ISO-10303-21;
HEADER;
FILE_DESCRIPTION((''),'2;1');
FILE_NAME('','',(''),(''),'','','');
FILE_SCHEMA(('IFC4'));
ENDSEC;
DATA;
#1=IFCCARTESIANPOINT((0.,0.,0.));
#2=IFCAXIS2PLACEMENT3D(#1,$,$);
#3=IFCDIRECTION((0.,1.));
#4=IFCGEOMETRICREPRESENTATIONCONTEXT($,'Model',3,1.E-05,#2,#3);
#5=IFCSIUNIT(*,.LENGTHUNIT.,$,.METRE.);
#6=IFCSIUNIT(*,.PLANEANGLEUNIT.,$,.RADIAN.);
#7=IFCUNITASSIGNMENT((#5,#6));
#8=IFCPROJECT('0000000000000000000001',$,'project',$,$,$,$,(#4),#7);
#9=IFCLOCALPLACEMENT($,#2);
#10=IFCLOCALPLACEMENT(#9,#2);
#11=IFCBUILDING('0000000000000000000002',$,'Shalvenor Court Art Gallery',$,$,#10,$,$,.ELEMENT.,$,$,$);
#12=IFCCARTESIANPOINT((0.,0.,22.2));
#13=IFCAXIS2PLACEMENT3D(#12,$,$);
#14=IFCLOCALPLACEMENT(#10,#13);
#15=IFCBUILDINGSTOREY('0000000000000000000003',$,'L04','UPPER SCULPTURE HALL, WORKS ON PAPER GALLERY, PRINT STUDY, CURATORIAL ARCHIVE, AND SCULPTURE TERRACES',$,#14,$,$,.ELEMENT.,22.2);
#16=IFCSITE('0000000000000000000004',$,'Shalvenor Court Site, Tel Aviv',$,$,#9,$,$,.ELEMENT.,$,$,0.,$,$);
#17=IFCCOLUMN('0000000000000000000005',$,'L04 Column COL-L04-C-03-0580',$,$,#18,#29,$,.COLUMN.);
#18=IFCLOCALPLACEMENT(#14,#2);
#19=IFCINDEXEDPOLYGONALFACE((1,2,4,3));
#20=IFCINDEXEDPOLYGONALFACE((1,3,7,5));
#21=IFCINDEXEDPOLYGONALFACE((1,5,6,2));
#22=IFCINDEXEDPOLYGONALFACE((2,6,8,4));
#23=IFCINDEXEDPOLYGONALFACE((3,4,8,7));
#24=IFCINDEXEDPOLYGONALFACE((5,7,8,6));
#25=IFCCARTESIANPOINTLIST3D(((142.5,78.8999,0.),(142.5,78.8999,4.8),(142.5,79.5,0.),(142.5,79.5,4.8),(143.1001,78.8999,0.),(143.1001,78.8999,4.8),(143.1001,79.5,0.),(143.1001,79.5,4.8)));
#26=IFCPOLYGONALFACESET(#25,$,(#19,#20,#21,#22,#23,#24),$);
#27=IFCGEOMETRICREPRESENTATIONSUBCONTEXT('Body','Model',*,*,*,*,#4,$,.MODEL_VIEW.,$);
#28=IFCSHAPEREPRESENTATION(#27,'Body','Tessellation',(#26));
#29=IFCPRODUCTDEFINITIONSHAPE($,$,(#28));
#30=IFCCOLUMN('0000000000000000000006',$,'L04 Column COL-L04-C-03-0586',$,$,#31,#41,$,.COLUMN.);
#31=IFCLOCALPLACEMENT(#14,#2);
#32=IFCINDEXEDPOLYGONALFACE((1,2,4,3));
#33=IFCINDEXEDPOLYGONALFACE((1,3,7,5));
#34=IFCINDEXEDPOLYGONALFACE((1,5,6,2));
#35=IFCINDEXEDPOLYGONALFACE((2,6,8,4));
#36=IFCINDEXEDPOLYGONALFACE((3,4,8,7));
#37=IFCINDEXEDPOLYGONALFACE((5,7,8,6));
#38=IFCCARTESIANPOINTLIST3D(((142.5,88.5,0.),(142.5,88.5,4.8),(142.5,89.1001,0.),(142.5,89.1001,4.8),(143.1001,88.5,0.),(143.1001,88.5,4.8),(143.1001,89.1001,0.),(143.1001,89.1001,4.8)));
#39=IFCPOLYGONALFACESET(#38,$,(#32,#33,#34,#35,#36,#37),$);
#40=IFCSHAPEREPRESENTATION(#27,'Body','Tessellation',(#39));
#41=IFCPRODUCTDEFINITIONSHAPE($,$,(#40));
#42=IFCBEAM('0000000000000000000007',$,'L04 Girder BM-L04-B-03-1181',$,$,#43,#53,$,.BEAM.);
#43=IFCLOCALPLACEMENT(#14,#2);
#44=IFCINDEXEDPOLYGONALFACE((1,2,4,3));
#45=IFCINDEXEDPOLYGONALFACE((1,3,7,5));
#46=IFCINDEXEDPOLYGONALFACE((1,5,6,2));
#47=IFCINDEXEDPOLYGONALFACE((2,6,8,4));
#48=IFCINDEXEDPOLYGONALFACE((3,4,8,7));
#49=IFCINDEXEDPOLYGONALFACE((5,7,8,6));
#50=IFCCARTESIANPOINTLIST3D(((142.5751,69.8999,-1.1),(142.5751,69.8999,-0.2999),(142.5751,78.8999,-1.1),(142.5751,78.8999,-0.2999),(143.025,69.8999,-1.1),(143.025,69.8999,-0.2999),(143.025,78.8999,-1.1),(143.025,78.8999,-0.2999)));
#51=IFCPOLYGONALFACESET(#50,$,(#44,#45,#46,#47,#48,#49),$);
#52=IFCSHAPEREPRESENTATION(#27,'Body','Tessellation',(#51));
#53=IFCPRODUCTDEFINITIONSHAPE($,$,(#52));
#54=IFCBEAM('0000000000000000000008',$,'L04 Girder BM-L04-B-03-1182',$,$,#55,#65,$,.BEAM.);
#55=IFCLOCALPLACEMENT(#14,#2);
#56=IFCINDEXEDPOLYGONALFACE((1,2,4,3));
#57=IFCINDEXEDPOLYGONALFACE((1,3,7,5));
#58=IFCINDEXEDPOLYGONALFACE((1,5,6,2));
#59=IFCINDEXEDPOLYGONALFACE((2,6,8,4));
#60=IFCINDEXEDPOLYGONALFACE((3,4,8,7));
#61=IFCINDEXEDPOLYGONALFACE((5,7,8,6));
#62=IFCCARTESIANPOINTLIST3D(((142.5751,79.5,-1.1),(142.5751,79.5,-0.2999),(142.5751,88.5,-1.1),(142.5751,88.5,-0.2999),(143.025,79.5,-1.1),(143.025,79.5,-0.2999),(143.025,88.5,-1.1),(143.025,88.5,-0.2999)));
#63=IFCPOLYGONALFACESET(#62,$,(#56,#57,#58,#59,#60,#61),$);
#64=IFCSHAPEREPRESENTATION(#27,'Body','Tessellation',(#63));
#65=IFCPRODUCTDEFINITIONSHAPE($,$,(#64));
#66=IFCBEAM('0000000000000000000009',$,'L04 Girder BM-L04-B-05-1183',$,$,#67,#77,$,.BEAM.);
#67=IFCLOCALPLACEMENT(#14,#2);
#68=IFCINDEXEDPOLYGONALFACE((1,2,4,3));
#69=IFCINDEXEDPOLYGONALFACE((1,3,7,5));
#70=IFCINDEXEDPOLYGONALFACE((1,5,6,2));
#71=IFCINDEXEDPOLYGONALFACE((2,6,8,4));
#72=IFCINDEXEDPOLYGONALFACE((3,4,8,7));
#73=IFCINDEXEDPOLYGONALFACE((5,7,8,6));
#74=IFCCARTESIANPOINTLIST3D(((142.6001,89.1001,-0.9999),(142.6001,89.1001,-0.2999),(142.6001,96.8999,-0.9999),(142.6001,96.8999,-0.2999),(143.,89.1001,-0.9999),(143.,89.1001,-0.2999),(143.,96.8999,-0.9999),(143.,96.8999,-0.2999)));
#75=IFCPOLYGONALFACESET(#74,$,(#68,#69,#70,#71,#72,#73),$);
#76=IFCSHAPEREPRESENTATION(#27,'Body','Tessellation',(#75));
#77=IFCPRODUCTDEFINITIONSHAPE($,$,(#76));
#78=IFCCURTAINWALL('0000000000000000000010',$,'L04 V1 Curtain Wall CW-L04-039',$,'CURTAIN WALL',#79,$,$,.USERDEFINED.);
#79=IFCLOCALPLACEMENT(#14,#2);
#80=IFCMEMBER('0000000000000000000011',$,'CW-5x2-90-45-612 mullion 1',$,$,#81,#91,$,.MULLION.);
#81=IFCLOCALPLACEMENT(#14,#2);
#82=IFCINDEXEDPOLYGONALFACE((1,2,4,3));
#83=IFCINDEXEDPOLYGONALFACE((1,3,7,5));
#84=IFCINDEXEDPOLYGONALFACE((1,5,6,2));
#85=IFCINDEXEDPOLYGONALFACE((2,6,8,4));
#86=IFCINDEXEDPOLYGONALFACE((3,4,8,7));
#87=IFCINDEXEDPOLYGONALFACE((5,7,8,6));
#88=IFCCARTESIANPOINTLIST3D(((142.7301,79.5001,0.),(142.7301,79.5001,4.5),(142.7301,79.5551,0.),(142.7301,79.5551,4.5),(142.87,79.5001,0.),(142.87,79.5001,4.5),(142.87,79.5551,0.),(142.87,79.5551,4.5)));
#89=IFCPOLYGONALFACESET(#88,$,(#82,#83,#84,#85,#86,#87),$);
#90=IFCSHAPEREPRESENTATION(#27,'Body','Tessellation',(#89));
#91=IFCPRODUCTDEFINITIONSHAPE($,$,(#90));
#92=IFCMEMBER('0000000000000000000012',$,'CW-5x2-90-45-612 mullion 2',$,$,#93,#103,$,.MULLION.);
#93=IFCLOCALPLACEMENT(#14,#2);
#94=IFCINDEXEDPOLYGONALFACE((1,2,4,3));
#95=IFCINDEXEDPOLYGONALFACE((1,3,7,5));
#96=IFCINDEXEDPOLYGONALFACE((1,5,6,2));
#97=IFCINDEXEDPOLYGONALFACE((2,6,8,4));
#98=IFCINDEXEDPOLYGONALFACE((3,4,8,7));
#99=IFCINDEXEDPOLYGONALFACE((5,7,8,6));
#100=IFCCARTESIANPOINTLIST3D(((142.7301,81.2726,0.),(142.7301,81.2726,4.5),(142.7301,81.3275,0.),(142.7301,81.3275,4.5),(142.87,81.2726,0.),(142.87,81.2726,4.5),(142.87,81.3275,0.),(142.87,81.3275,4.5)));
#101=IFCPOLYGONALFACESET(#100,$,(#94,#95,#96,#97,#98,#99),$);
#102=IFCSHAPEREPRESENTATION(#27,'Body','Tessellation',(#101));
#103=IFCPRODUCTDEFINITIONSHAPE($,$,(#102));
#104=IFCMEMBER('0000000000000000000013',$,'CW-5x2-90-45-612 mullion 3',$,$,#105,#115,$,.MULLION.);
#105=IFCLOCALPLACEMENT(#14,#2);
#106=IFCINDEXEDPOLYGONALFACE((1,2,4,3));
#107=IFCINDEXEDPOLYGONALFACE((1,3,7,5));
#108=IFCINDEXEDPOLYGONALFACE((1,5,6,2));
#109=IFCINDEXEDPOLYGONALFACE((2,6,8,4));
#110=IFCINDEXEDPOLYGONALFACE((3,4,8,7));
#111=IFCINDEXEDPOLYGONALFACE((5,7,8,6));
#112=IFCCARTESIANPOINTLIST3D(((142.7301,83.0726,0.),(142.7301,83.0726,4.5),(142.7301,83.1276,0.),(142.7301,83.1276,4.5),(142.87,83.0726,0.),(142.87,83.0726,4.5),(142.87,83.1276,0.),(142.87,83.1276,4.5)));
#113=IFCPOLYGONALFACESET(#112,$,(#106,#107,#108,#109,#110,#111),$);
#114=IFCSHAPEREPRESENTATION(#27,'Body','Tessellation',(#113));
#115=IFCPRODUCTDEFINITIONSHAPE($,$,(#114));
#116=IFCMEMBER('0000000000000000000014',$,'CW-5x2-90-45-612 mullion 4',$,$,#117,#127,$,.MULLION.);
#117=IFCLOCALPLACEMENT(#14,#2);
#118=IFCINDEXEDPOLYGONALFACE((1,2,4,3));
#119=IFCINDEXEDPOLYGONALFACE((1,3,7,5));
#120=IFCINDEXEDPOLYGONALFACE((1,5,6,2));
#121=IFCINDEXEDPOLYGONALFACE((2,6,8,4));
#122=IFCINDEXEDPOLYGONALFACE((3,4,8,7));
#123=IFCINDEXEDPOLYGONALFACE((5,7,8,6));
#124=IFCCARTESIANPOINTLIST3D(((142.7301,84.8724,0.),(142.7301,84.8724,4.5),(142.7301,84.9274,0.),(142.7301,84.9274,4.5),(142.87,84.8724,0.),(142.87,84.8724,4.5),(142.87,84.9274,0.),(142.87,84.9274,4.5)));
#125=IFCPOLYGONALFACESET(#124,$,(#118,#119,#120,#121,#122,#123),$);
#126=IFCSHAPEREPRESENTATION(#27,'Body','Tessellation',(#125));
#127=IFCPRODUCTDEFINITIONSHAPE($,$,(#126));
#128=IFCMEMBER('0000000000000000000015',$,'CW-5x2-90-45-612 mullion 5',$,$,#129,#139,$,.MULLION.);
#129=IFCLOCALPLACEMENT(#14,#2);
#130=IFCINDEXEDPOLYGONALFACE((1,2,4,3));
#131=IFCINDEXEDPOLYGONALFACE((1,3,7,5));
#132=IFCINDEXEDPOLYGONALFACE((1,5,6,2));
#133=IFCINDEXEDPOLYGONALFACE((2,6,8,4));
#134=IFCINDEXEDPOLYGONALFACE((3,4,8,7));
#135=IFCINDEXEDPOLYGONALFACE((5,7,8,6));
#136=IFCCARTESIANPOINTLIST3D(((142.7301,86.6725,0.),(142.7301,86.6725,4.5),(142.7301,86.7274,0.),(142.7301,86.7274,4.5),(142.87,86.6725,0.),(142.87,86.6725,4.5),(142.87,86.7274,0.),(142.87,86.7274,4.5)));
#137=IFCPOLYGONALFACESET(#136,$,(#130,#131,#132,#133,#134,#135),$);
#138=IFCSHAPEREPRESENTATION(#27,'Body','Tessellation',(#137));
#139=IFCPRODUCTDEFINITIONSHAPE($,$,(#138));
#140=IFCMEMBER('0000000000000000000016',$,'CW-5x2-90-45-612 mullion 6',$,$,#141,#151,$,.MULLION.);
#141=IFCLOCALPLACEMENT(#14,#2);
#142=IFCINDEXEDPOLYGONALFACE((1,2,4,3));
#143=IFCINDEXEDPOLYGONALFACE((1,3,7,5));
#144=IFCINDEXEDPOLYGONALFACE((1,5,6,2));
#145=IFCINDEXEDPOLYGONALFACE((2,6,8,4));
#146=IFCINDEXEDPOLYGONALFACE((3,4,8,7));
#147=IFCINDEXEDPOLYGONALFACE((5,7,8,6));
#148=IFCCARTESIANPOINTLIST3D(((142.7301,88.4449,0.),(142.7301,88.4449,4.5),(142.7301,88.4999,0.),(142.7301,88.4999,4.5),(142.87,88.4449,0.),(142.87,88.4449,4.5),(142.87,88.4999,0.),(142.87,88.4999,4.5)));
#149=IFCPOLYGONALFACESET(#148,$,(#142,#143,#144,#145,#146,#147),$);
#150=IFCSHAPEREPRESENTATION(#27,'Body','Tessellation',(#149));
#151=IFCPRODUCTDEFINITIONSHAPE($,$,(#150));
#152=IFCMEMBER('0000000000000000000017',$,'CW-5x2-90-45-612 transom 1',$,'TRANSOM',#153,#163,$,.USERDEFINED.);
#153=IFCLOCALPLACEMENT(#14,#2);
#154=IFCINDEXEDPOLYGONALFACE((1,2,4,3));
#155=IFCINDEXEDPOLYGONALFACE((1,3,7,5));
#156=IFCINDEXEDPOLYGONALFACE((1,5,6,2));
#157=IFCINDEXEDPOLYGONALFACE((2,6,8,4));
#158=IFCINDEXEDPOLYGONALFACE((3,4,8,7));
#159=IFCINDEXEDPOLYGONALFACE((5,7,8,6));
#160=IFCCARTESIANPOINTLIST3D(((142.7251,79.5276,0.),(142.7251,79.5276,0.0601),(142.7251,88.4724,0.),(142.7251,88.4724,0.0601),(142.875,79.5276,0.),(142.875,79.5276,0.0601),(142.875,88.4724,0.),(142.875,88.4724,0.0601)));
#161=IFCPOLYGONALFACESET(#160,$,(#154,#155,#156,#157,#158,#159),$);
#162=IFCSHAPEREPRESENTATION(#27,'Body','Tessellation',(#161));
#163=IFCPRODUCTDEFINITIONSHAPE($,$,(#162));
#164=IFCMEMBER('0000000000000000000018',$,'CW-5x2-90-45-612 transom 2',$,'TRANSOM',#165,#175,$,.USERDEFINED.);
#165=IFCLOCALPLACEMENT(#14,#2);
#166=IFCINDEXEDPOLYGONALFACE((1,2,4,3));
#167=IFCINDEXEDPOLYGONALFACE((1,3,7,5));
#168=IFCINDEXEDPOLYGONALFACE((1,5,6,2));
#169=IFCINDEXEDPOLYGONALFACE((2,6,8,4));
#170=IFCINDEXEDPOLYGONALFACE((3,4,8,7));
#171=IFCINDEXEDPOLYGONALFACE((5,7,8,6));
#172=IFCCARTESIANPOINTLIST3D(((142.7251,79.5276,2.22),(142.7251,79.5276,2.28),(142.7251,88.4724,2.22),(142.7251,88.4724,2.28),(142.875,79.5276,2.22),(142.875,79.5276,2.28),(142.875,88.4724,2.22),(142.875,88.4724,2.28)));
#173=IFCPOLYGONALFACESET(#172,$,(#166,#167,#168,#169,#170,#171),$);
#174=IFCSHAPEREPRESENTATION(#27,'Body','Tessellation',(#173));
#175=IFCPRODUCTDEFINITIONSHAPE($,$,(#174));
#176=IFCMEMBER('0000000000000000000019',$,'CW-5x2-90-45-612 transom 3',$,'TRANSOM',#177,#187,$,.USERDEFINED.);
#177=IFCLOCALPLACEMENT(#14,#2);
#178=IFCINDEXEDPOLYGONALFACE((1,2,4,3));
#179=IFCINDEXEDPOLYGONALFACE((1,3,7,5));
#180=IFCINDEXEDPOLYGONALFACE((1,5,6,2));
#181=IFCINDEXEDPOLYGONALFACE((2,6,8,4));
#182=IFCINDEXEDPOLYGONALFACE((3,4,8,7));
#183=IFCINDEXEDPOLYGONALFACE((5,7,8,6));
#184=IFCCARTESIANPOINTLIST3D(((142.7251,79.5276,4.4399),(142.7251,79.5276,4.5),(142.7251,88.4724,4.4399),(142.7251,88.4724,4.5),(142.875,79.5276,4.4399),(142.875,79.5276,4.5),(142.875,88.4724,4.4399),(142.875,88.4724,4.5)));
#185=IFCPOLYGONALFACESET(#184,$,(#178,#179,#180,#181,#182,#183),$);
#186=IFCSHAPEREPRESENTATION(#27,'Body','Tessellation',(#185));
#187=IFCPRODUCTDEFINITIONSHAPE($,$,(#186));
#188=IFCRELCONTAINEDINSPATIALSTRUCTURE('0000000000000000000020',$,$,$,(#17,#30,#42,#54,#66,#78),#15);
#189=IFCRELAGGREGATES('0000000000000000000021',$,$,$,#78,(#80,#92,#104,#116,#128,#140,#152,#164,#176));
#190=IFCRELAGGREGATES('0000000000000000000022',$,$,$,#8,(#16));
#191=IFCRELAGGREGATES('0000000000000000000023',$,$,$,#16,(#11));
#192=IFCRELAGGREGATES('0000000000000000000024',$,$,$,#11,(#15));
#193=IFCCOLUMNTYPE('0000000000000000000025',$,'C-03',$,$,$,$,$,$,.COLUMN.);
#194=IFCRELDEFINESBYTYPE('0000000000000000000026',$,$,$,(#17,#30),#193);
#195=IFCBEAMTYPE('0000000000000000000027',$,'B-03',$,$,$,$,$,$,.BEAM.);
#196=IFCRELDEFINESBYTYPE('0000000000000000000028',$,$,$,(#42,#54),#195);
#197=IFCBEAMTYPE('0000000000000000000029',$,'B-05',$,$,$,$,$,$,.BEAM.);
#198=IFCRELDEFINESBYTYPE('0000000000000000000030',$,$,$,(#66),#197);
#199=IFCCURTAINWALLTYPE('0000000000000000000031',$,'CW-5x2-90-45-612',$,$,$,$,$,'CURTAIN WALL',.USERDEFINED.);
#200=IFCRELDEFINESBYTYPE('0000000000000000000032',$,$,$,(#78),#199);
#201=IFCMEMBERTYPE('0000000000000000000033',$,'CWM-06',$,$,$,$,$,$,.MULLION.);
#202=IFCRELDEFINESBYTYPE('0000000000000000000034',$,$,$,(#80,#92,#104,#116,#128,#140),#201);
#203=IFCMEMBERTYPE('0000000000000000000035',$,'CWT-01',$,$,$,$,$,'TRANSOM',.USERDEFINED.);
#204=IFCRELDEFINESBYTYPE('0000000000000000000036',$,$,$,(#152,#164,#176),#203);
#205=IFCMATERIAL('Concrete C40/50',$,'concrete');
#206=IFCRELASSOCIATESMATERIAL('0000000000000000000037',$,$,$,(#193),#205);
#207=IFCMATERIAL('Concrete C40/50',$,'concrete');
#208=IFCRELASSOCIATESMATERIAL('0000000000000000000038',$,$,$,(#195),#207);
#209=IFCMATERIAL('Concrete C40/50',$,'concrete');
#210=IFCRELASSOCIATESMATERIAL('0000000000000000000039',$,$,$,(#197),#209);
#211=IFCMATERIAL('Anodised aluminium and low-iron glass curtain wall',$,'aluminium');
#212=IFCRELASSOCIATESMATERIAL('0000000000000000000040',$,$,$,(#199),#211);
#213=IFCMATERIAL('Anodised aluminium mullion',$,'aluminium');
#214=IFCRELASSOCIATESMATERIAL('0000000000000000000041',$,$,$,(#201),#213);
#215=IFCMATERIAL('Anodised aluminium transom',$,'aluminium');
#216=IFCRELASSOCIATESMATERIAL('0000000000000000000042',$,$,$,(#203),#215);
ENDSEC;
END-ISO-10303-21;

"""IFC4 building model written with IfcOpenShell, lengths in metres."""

from ifc_helpers import new_model, si_unit, direction, frame, origin, origin_2d, place, context, subcontext, project, spatial, rectangle, extrude, material, material_profile, profile_set, type_object, element, aggregate, save


model = new_model("IFC4")

# Units and contexts
model_context = context("Model", 3, precision=1e-05, world=origin(), true_north=direction((0.0, 1.0)))
body_context = subcontext(model_context, "Body", "Model", "MODEL_VIEW")
ifc_project = project(units=[si_unit("LENGTHUNIT", "METRE"), si_unit("PLANEANGLEUNIT", "RADIAN")], contexts=[model_context])

# Site, building, storey
site_placement = place(None, origin())
site = spatial("IfcSite", under=ifc_project, at=site_placement, Name="Shalvenor Court Site, Tel Aviv", CompositionType="ELEMENT", RefElevation=0.0)
building_placement = place(site_placement, origin())
building = spatial("IfcBuilding", under=site, at=building_placement, Name="Shalvenor Court Art Gallery", CompositionType="ELEMENT")
storey_placement = place(building_placement, frame((0.0, 0.0, 22.2)))
storey = spatial("IfcBuildingStorey", under=building, at=storey_placement, Name="L04", Description="UPPER SCULPTURE HALL, WORKS ON PAPER GALLERY, PRINT STUDY, CURATORIAL ARCHIVE, AND SCULPTURE TERRACES", CompositionType="ELEMENT", Elevation=22.2)

# Columns
ifc_material_1 = material(Name="Concrete C40/50", Category="concrete")
ifc_material_profile_1 = material_profile(ifc_material_1, rectangle(XDim=0.6001, YDim=0.6001, at=origin_2d()), Name="RC 600x600")
ifc_profile_set_1 = profile_set([ifc_material_profile_1], Name="Concrete C40/50")
column_type = type_object("IfcColumnType", Name="C-03", PredefinedType="COLUMN", material=ifc_profile_set_1)
for number, where, z_axis, x_axis, name in (
    (1, (142.8, 79.2, 0.0), (0.0, 0.0, 1.0), (1.0, 0.0, 0.0), "L04 Column COL-L04-C-03-0580"),
    (2, (142.8, 88.8, 0.0), (0.0, 0.0, 1.0), (1.0, 0.0, 0.0), "L04 Column COL-L04-C-03-0586"),
):
    element("IfcColumn", number, at=place(storey_placement, frame(where, z_axis=z_axis, x_axis=x_axis)), inside=storey, type_object=column_type, Name=name, PredefinedType="COLUMN", context=body_context, shape_type="SweptSolid", body=[
        extrude(rectangle(XDim=0.6001, YDim=0.6001, at=origin_2d()), origin(), (0.0, 0.0, 1.0), 4.8),
    ])

# Beams
ifc_material_2 = material(Name="Concrete C40/50", Category="concrete")
ifc_material_profile_2 = material_profile(ifc_material_2, rectangle(XDim=0.45, YDim=0.8, at=origin_2d()), Name="RC 450x800")
ifc_profile_set_2 = profile_set([ifc_material_profile_2], Name="Concrete C40/50")
beam_type_1 = type_object("IfcBeamType", Name="B-03", PredefinedType="BEAM", material=ifc_profile_set_2)
for number, where, z_axis, x_axis, name in (
    (3, (142.8, 69.8999, -0.7), (0.0, 1.0, 0.0), (-1.0, 0.0, 0.0), "L04 Girder BM-L04-B-03-1181"),
    (4, (142.8, 79.5, -0.7), (0.0, 1.0, 0.0), (-1.0, 0.0, 0.0), "L04 Girder BM-L04-B-03-1182"),
):
    element("IfcBeam", number, at=place(storey_placement, frame(where, z_axis=z_axis, x_axis=x_axis)), inside=storey, type_object=beam_type_1, Name=name, PredefinedType="BEAM", context=body_context, shape_type="SweptSolid", body=[
        extrude(rectangle(XDim=0.45, YDim=0.8, at=origin_2d()), origin(), (0.0, 0.0, 1.0), 9.0),
    ])
ifc_material_3 = material(Name="Concrete C40/50", Category="concrete")
ifc_material_profile_3 = material_profile(ifc_material_3, rectangle(XDim=0.3999, YDim=0.7, at=origin_2d()), Name="RC 400x700")
ifc_profile_set_3 = profile_set([ifc_material_profile_3], Name="Concrete C40/50")
beam_type_2 = type_object("IfcBeamType", Name="B-05", PredefinedType="BEAM", material=ifc_profile_set_3)
beam_1_placement = place(storey_placement, frame((142.8, 89.1001, -0.6499), z_axis=(0.0, 1.0, 0.0), x_axis=(-1.0, 0.0, 0.0)))
element("IfcBeam", 5, at=beam_1_placement, inside=storey, type_object=beam_type_2, Name="L04 Girder BM-L04-B-05-1183", PredefinedType="BEAM", context=body_context, shape_type="SweptSolid", body=[
    extrude(rectangle(XDim=0.3999, YDim=0.7, at=origin_2d()), origin(), (0.0, 0.0, 1.0), 7.7998),
])

# Curtain wall, members
ifc_material_4 = material(Name="Anodised aluminium and low-iron glass curtain wall", Category="aluminium")
curtain_wall_type = type_object("IfcCurtainWallType", Name="CW-5x2-90-45-612", ElementType="CURTAIN WALL", PredefinedType="USERDEFINED", material=ifc_material_4)
curtain_wall_placement = place(storey_placement, origin())
curtain_wall = element("IfcCurtainWall", 6, at=curtain_wall_placement, inside=storey, type_object=curtain_wall_type, Name="L04 V1 Curtain Wall CW-L04-039", ObjectType="CURTAIN WALL", PredefinedType="USERDEFINED")
ifc_material_5 = material(Name="Anodised aluminium mullion", Category="aluminium")
ifc_material_profile_4 = material_profile(ifc_material_5, rectangle(XDim=0.0549, YDim=0.1399, at=origin_2d()), Name="CWM-06")
ifc_profile_set_4 = profile_set([ifc_material_profile_4], Name="Anodised aluminium mullion")
member_type_1 = type_object("IfcMemberType", Name="CWM-06", PredefinedType="MULLION", material=ifc_profile_set_4)
member_1_placement = place(storey_placement, frame((142.8, 79.5276, 0.0), z_axis=(0.0, 0.0, 1.0), x_axis=(0.0, 1.0, 0.0)))
member_1 = element("IfcMember", 7, at=member_1_placement, type_object=member_type_1, Name="CW-5x2-90-45-612 mullion 1", PredefinedType="MULLION", context=body_context, shape_type="SweptSolid", body=[
    extrude(rectangle(XDim=0.0549, YDim=0.1399, at=origin_2d()), origin(), (0.0, 0.0, 1.0), 4.5),
])
member_2_placement = place(storey_placement, frame((142.8, 81.3, 0.0), z_axis=(0.0, 0.0, 1.0), x_axis=(0.0, 1.0, 0.0)))
member_2 = element("IfcMember", 8, at=member_2_placement, type_object=member_type_1, Name="CW-5x2-90-45-612 mullion 2", PredefinedType="MULLION", context=body_context, shape_type="SweptSolid", body=[
    extrude(rectangle(XDim=0.0549, YDim=0.1399, at=origin_2d()), origin(), (0.0, 0.0, 1.0), 4.5),
])
member_3_placement = place(storey_placement, frame((142.8, 83.1001, 0.0), z_axis=(0.0, 0.0, 1.0), x_axis=(0.0, 1.0, 0.0)))
member_3 = element("IfcMember", 9, at=member_3_placement, type_object=member_type_1, Name="CW-5x2-90-45-612 mullion 3", PredefinedType="MULLION", context=body_context, shape_type="SweptSolid", body=[
    extrude(rectangle(XDim=0.0549, YDim=0.1399, at=origin_2d()), origin(), (0.0, 0.0, 1.0), 4.5),
])
member_4_placement = place(storey_placement, frame((142.8, 84.8999, 0.0), z_axis=(0.0, 0.0, 1.0), x_axis=(0.0, 1.0, 0.0)))
member_4 = element("IfcMember", 10, at=member_4_placement, type_object=member_type_1, Name="CW-5x2-90-45-612 mullion 4", PredefinedType="MULLION", context=body_context, shape_type="SweptSolid", body=[
    extrude(rectangle(XDim=0.0549, YDim=0.1399, at=origin_2d()), origin(), (0.0, 0.0, 1.0), 4.5),
])
member_5_placement = place(storey_placement, frame((142.8, 86.7, 0.0), z_axis=(0.0, 0.0, 1.0), x_axis=(0.0, 1.0, 0.0)))
member_5 = element("IfcMember", 11, at=member_5_placement, type_object=member_type_1, Name="CW-5x2-90-45-612 mullion 5", PredefinedType="MULLION", context=body_context, shape_type="SweptSolid", body=[
    extrude(rectangle(XDim=0.0549, YDim=0.1399, at=origin_2d()), origin(), (0.0, 0.0, 1.0), 4.5),
])
member_6_placement = place(storey_placement, frame((142.8, 88.4724, 0.0), z_axis=(0.0, 0.0, 1.0), x_axis=(0.0, 1.0, 0.0)))
member_6 = element("IfcMember", 12, at=member_6_placement, type_object=member_type_1, Name="CW-5x2-90-45-612 mullion 6", PredefinedType="MULLION", context=body_context, shape_type="SweptSolid", body=[
    extrude(rectangle(XDim=0.0549, YDim=0.1399, at=origin_2d()), origin(), (0.0, 0.0, 1.0), 4.5),
])
ifc_material_6 = material(Name="Anodised aluminium transom", Category="aluminium")
ifc_material_profile_5 = material_profile(ifc_material_6, rectangle(XDim=0.1499, YDim=0.0601, at=origin_2d()), Name="CWT-01")
ifc_profile_set_5 = profile_set([ifc_material_profile_5], Name="Anodised aluminium transom")
member_type_2 = type_object("IfcMemberType", Name="CWT-01", ElementType="TRANSOM", PredefinedType="USERDEFINED", material=ifc_profile_set_5)
member_7_placement = place(storey_placement, frame((142.8, 79.5276, 0.03), z_axis=(0.0, 1.0, 0.0), x_axis=(-1.0, 0.0, 0.0)))
member_7 = element("IfcMember", 13, at=member_7_placement, type_object=member_type_2, Name="CW-5x2-90-45-612 transom 1", ObjectType="TRANSOM", PredefinedType="USERDEFINED", context=body_context, shape_type="SweptSolid", body=[
    extrude(rectangle(XDim=0.1499, YDim=0.0601, at=origin_2d()), origin(), (0.0, 0.0, 1.0), 8.9448),
])
member_8_placement = place(storey_placement, frame((142.8, 79.5276, 2.25), z_axis=(0.0, 1.0, 0.0), x_axis=(-1.0, 0.0, 0.0)))
member_8 = element("IfcMember", 14, at=member_8_placement, type_object=member_type_2, Name="CW-5x2-90-45-612 transom 2", ObjectType="TRANSOM", PredefinedType="USERDEFINED", context=body_context, shape_type="SweptSolid", body=[
    extrude(rectangle(XDim=0.1499, YDim=0.0601, at=origin_2d()), origin(), (0.0, 0.0, 1.0), 8.9448),
])
member_9_placement = place(storey_placement, frame((142.8, 79.5276, 4.47), z_axis=(0.0, 1.0, 0.0), x_axis=(-1.0, 0.0, 0.0)))
member_9 = element("IfcMember", 15, at=member_9_placement, type_object=member_type_2, Name="CW-5x2-90-45-612 transom 3", ObjectType="TRANSOM", PredefinedType="USERDEFINED", context=body_context, shape_type="SweptSolid", body=[
    extrude(rectangle(XDim=0.1499, YDim=0.0601, at=origin_2d()), origin(), (0.0, 0.0, 1.0), 8.9448),
])

aggregate(curtain_wall, [member_1, member_2, member_3, member_4, member_5, member_6, member_7, member_8, member_9])

save(model, "model.ifc")
